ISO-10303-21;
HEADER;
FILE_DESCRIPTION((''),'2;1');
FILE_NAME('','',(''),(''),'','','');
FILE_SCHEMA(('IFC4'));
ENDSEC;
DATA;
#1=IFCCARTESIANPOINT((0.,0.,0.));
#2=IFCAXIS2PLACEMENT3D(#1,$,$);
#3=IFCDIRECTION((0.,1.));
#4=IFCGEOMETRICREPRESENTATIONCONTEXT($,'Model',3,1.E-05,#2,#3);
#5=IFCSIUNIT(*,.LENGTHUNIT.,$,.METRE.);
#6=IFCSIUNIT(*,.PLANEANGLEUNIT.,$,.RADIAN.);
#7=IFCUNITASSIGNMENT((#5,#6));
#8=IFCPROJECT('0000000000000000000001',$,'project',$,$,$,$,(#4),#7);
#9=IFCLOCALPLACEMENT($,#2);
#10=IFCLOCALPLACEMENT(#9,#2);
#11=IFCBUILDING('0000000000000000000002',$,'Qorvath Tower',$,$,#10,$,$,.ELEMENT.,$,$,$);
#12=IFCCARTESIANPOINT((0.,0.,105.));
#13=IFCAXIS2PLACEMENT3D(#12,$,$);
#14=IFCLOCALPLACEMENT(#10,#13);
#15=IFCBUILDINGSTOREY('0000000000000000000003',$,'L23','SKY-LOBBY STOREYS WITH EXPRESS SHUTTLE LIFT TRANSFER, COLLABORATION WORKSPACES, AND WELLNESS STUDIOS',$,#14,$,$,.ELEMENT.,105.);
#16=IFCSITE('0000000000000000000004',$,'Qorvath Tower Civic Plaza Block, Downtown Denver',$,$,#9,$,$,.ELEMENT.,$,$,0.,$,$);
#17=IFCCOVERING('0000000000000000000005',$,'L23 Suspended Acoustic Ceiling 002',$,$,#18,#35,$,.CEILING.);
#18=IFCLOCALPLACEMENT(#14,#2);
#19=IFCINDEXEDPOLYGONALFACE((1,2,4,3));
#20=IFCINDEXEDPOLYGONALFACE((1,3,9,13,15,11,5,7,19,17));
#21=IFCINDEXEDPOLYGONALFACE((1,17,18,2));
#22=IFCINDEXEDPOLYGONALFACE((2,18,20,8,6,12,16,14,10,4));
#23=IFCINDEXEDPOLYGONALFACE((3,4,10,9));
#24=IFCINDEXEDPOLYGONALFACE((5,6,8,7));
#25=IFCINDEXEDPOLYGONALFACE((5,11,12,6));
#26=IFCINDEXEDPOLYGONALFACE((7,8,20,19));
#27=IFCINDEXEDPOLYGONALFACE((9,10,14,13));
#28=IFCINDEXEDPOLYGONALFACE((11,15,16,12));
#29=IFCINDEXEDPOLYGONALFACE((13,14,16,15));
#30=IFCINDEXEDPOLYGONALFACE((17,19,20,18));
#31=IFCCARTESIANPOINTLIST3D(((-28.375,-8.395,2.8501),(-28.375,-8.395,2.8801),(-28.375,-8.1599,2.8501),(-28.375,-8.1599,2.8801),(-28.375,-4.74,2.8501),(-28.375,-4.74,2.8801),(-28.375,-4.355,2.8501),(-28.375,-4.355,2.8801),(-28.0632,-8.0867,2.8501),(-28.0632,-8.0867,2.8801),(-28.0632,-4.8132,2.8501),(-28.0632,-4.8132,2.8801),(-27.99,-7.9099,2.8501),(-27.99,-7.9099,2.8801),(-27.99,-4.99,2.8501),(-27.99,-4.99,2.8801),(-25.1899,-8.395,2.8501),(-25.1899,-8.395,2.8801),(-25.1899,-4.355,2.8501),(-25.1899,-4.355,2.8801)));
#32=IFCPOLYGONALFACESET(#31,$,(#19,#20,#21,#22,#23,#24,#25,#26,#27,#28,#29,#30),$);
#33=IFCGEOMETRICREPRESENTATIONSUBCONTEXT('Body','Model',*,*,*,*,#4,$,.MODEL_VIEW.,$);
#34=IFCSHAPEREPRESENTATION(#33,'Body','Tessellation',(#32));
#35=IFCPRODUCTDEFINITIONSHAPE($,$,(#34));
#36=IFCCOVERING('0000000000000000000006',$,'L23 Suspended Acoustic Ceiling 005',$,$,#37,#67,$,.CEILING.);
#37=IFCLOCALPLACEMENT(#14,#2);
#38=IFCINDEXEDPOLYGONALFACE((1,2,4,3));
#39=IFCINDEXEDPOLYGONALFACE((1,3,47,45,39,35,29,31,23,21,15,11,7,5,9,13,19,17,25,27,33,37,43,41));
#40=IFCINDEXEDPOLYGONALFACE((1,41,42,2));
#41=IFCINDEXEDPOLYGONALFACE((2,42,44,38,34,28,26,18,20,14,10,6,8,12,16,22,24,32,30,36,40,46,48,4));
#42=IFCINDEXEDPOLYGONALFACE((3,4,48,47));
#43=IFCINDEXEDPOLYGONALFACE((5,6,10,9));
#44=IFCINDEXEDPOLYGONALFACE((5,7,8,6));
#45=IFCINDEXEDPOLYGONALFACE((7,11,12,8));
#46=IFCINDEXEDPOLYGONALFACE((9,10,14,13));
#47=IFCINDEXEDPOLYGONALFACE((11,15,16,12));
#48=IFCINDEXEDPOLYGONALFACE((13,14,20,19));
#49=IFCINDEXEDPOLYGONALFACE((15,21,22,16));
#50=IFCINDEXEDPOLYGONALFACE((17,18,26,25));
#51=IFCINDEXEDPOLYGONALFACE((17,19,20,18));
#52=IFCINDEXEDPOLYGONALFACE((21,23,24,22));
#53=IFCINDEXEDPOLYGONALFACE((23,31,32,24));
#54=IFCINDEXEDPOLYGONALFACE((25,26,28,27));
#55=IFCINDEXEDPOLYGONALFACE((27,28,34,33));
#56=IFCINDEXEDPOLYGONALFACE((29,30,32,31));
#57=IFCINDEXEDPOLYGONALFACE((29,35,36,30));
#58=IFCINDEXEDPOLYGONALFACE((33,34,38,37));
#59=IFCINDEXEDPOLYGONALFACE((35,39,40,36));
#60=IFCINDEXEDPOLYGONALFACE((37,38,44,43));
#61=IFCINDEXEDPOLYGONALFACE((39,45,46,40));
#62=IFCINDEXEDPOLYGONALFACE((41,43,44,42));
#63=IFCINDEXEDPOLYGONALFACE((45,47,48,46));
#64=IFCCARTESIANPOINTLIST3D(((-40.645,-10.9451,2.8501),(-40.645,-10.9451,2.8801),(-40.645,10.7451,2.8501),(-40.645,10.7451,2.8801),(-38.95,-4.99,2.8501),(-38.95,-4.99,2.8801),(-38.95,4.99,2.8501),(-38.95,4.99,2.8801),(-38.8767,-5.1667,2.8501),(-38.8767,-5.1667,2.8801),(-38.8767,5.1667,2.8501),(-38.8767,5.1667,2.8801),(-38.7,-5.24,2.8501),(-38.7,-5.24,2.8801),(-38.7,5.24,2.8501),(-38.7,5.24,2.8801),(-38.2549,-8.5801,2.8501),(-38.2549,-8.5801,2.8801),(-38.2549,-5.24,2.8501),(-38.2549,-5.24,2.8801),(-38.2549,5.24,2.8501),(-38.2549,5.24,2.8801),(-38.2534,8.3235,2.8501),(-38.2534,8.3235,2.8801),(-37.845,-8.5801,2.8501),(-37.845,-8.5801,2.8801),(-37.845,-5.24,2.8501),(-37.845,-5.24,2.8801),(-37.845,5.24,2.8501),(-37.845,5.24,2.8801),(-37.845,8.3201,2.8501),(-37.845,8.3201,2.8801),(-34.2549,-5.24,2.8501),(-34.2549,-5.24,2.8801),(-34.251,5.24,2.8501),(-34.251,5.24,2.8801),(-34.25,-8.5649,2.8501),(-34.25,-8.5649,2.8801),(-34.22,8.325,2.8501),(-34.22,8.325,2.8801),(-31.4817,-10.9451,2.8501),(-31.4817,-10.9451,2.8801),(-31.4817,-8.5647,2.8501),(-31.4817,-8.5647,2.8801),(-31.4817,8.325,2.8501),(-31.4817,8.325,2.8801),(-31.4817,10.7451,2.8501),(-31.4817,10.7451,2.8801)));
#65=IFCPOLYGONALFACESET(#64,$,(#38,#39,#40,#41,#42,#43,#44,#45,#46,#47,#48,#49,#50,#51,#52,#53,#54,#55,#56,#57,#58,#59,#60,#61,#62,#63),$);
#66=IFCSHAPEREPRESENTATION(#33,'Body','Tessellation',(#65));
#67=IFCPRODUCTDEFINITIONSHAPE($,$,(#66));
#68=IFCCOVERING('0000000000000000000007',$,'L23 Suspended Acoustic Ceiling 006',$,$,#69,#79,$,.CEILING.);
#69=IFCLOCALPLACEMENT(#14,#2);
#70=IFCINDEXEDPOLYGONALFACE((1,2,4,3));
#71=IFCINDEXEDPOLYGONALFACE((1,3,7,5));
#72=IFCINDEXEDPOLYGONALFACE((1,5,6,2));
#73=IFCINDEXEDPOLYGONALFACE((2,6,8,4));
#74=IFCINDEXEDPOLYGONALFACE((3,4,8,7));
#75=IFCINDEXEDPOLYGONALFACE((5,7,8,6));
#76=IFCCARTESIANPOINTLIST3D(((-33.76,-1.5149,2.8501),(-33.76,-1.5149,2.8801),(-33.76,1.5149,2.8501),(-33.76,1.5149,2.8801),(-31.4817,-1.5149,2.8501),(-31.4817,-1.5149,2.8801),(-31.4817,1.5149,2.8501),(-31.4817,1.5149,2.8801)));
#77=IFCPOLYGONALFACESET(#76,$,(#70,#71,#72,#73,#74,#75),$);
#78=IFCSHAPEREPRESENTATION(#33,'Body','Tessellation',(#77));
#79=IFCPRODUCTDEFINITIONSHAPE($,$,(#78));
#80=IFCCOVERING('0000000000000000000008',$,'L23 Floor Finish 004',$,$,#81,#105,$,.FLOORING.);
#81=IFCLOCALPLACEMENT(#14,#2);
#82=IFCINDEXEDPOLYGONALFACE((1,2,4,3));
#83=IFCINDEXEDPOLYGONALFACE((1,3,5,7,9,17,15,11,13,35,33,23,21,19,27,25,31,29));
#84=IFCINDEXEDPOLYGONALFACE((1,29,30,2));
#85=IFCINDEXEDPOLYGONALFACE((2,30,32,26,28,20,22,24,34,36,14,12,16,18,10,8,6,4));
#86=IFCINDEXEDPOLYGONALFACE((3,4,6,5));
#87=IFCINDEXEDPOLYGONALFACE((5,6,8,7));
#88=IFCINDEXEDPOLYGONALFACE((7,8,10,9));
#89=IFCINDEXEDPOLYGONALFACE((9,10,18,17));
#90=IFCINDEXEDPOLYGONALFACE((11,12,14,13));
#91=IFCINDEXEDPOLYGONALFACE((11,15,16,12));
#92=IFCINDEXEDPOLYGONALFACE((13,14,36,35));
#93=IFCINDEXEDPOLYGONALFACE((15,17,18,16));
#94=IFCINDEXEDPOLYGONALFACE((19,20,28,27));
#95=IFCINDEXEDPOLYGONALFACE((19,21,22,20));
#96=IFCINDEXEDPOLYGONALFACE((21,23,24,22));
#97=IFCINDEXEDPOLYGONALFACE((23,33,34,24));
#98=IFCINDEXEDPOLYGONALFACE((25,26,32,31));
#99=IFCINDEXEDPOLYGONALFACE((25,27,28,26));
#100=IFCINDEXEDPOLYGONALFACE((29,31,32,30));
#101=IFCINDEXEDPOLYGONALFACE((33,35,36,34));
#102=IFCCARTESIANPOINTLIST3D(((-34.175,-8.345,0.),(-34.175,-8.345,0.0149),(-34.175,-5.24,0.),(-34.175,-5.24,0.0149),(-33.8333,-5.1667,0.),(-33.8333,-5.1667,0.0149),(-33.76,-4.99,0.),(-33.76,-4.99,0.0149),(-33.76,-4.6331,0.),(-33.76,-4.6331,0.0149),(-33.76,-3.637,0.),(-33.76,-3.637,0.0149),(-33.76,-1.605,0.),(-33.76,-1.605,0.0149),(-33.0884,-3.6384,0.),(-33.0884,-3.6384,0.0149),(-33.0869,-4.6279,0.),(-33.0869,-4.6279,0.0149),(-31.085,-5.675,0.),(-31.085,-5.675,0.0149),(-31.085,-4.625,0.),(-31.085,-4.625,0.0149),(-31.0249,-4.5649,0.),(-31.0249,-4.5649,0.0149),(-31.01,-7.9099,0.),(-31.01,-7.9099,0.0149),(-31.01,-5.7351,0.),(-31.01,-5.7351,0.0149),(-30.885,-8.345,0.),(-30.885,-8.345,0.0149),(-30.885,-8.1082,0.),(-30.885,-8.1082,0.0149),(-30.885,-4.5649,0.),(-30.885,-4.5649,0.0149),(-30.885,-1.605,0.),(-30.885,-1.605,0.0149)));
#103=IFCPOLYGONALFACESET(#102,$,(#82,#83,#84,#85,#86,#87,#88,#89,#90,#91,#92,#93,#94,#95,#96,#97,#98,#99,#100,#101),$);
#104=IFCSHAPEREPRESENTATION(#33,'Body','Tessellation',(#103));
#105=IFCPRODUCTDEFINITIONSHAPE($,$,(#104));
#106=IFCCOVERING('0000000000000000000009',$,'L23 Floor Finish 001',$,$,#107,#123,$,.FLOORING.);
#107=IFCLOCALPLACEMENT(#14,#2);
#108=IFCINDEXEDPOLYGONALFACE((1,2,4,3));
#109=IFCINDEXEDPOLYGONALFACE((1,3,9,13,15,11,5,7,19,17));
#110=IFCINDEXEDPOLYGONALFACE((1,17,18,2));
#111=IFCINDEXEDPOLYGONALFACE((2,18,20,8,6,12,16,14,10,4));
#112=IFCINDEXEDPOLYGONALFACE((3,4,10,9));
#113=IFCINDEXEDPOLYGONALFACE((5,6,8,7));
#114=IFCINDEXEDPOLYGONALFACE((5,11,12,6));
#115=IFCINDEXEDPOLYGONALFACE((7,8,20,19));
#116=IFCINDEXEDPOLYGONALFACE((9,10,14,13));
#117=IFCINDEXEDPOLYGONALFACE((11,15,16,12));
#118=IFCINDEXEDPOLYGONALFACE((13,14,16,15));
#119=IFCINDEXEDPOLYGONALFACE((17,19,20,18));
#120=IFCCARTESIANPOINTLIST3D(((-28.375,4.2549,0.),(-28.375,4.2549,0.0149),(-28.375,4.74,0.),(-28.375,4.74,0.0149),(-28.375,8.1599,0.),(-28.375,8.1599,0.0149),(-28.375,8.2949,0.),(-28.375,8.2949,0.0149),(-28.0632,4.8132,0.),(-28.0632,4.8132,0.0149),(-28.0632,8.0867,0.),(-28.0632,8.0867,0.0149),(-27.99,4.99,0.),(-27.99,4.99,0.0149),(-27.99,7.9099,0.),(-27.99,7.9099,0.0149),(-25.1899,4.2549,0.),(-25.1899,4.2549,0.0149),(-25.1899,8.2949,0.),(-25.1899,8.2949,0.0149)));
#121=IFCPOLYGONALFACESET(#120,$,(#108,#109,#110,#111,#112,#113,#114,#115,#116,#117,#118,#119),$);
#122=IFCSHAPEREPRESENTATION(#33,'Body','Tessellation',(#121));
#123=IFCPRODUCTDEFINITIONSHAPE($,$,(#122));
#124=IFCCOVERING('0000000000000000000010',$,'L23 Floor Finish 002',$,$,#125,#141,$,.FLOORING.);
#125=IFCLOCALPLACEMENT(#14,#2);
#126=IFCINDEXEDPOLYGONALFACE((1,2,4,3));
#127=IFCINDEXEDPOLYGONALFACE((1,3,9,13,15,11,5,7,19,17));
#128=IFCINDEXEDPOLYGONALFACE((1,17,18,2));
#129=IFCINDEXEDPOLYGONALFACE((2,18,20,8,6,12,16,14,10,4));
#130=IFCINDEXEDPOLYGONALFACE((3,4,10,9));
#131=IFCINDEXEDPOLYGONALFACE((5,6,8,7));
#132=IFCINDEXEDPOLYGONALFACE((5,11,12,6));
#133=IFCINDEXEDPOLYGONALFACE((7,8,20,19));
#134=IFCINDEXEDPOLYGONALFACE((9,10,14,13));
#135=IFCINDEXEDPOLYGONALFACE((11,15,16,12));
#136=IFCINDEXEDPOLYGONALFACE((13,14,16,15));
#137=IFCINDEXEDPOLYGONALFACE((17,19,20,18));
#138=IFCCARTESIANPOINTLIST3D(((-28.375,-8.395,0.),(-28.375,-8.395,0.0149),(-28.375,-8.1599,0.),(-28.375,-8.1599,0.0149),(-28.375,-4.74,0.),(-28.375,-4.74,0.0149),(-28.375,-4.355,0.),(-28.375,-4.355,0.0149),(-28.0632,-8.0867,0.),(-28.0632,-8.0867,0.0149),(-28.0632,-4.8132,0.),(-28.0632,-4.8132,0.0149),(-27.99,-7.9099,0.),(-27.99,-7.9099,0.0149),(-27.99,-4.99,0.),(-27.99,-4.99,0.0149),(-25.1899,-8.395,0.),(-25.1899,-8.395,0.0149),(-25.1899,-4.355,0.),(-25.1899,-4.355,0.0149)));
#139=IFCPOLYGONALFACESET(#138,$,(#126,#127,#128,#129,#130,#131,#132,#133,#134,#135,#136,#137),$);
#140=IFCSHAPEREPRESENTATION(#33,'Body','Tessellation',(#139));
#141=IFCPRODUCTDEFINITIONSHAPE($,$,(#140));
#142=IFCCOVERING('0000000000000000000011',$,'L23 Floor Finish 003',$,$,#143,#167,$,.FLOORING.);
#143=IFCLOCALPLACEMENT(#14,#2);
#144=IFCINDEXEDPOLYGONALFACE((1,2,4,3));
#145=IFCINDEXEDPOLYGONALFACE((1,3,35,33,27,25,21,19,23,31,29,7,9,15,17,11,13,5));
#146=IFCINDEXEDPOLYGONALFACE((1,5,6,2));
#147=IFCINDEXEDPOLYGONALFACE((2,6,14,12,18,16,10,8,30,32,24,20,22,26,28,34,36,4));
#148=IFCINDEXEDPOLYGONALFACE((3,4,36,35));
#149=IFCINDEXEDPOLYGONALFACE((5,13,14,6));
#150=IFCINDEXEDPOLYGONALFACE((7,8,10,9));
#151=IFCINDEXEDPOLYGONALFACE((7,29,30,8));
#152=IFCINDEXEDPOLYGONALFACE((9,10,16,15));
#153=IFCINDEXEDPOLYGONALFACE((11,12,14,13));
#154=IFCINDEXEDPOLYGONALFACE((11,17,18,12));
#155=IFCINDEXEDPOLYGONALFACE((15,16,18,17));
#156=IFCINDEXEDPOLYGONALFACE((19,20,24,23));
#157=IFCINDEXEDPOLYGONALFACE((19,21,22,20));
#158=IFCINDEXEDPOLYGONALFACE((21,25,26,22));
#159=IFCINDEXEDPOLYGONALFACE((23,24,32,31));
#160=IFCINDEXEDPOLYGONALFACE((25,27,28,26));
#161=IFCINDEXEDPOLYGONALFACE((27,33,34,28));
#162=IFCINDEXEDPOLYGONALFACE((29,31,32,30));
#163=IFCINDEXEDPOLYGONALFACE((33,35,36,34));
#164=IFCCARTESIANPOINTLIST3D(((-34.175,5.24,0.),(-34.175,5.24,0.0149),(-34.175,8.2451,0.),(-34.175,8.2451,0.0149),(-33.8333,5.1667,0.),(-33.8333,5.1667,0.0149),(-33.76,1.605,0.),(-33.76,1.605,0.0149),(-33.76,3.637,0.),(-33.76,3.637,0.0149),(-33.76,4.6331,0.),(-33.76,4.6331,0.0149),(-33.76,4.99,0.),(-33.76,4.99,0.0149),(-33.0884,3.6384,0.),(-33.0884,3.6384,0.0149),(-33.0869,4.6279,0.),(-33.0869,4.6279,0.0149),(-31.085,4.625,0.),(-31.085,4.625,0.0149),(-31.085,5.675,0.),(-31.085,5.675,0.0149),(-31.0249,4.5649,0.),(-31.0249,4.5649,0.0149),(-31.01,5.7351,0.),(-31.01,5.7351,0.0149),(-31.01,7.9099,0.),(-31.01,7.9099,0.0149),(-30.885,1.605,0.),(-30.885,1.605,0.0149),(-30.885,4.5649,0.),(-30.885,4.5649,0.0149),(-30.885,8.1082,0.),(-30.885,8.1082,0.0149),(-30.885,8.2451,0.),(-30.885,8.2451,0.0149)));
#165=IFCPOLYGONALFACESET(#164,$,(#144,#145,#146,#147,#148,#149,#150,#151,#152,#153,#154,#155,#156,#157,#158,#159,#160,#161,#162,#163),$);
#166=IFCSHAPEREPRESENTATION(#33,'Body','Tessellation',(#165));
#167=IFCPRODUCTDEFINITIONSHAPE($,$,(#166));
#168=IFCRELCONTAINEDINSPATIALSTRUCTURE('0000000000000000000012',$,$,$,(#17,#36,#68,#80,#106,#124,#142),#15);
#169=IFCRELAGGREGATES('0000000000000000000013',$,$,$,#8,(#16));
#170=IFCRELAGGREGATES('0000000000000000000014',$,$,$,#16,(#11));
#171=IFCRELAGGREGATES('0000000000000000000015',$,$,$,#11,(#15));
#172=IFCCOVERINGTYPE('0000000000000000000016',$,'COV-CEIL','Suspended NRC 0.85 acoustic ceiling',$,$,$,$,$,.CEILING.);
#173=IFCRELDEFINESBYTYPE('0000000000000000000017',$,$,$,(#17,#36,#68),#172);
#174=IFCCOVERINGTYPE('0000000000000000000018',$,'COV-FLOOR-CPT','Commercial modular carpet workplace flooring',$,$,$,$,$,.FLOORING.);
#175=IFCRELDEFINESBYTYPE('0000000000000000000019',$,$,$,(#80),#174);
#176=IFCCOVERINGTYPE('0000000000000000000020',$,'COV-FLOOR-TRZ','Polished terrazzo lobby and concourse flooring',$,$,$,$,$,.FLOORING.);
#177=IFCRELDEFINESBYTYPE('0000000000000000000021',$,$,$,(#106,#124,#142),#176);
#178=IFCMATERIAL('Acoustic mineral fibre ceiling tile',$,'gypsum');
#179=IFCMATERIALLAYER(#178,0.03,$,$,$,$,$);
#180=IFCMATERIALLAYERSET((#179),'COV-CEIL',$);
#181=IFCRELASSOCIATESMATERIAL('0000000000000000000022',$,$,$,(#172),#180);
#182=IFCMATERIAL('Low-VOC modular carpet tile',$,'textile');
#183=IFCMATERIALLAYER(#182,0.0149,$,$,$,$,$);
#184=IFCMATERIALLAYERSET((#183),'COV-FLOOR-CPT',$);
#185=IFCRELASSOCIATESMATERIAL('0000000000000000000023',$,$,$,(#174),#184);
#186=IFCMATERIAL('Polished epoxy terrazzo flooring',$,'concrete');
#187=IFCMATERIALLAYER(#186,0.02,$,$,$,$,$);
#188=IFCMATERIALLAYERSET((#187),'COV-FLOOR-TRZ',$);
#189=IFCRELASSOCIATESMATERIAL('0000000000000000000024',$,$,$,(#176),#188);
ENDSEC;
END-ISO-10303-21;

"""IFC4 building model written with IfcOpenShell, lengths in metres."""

from ifc_helpers import new_model, si_unit, direction, frame, origin, place, context, subcontext, project, spatial, polyline, outline, extrude, material, layer, layer_set, type_object, element, save


model = new_model("IFC4")

# Units and contexts
model_context = context("Model", 3, precision=1e-05, world=origin(), true_north=direction((0.0, 1.0)))
body_context = subcontext(model_context, "Body", "Model", "MODEL_VIEW")
ifc_project = project(units=[si_unit("LENGTHUNIT", "METRE"), si_unit("PLANEANGLEUNIT", "RADIAN")], contexts=[model_context])

# Site, building, storey
site_placement = place(None, origin())
site = spatial("IfcSite", under=ifc_project, at=site_placement, Name="Qorvath Tower Civic Plaza Block, Downtown Denver", CompositionType="ELEMENT", RefElevation=0.0)
building_placement = place(site_placement, origin())
building = spatial("IfcBuilding", under=site, at=building_placement, Name="Qorvath Tower", CompositionType="ELEMENT")
storey_placement = place(building_placement, frame((0.0, 0.0, 105.0)))
storey = spatial("IfcBuildingStorey", under=building, at=storey_placement, Name="L23", Description="SKY-LOBBY STOREYS WITH EXPRESS SHUTTLE LIFT TRANSFER, COLLABORATION WORKSPACES, AND WELLNESS STUDIOS", CompositionType="ELEMENT", Elevation=105.0)

# Coverings
ifc_material_1 = material(Name="Acoustic mineral fibre ceiling tile", Category="gypsum")
ifc_layer_1 = layer(ifc_material_1, 0.03)
ifc_layer_set_1 = layer_set([ifc_layer_1], Name="COV-CEIL")
covering_type_1 = type_object("IfcCoveringType", Name="COV-CEIL", Description="Suspended NRC 0.85 acoustic ceiling", PredefinedType="CEILING", material=ifc_layer_set_1)
covering_1_placement = place(storey_placement, frame((0.0, 0.0, 2.8501)))
element("IfcCovering", 1, at=covering_1_placement, inside=storey, type_object=covering_type_1, Name="L23 Suspended Acoustic Ceiling 002", PredefinedType="CEILING", context=body_context, shape_type="SweptSolid", body=[
    extrude(outline(polyline([(-25.1899, -8.395), (-25.1899, -4.355), (-28.375, -4.355), (-28.375, -4.74), (-28.0632, -4.8132), (-27.99, -4.99), (-27.99, -7.9099), (-28.0632, -8.0867), (-28.375, -8.1599), (-28.375, -8.395), (-25.1899, -8.395)])), origin(), (0.0, 0.0, 1.0), 0.03),
])
covering_2_placement = place(storey_placement, frame((0.0, 0.0, 2.8501)))
element("IfcCovering", 2, at=covering_2_placement, inside=storey, type_object=covering_type_1, Name="L23 Suspended Acoustic Ceiling 005", PredefinedType="CEILING", context=body_context, shape_type="SweptSolid", body=[
    extrude(outline(polyline([(-31.4817, -10.9451), (-31.4817, -8.5647), (-34.25, -8.5649), (-34.2549, -5.24), (-37.845, -5.24), (-37.845, -8.5801), (-38.2549, -8.5801), (-38.2549, -5.24), (-38.7, -5.24), (-38.8767, -5.1667), (-38.95, -4.99), (-38.95, 4.99), (-38.8767, 5.1667), (-38.7, 5.24), (-38.2549, 5.24), (-38.2534, 8.3235), (-37.845, 8.3201), (-37.845, 5.24), (-34.251, 5.24), (-34.22, 8.325), (-31.4817, 8.325), (-31.4817, 10.7451), (-40.645, 10.7451), (-40.645, -10.9451), (-31.4817, -10.9451)])), origin(), (0.0, 0.0, 1.0), 0.03),
])
covering_3_placement = place(storey_placement, frame((0.0, 0.0, 2.8501)))
element("IfcCovering", 3, at=covering_3_placement, inside=storey, type_object=covering_type_1, Name="L23 Suspended Acoustic Ceiling 006", PredefinedType="CEILING", context=body_context, shape_type="SweptSolid", body=[
    extrude(outline(polyline([(-31.4817, -1.5149), (-31.4817, 1.5149), (-33.76, 1.5149), (-33.76, -1.5149), (-31.4817, -1.5149)])), origin(), (0.0, 0.0, 1.0), 0.03),
])
ifc_material_2 = material(Name="Low-VOC modular carpet tile", Category="textile")
ifc_layer_2 = layer(ifc_material_2, 0.0149)
ifc_layer_set_2 = layer_set([ifc_layer_2], Name="COV-FLOOR-CPT")
covering_type_2 = type_object("IfcCoveringType", Name="COV-FLOOR-CPT", Description="Commercial modular carpet workplace flooring", PredefinedType="FLOORING", material=ifc_layer_set_2)
covering_4_placement = place(storey_placement, origin())
element("IfcCovering", 4, at=covering_4_placement, inside=storey, type_object=covering_type_2, Name="L23 Floor Finish 004", PredefinedType="FLOORING", context=body_context, shape_type="SweptSolid", body=[
    extrude(outline(polyline([(-30.885, -1.605), (-33.76, -1.605), (-33.76, -3.637), (-33.0884, -3.6384), (-33.0869, -4.6279), (-33.76, -4.6331), (-33.76, -4.99), (-33.8333, -5.1667), (-34.175, -5.24), (-34.175, -8.345), (-30.885, -8.345), (-30.885, -8.1082), (-31.01, -7.9099), (-31.01, -5.7351), (-31.085, -5.675), (-31.085, -4.625), (-31.0249, -4.5649), (-30.885, -4.5649), (-30.885, -1.605)])), origin(), (0.0, 0.0, 1.0), 0.0149),
])
ifc_material_3 = material(Name="Polished epoxy terrazzo flooring", Category="concrete")
ifc_layer_3 = layer(ifc_material_3, 0.02)
ifc_layer_set_3 = layer_set([ifc_layer_3], Name="COV-FLOOR-TRZ")
covering_type_3 = type_object("IfcCoveringType", Name="COV-FLOOR-TRZ", Description="Polished terrazzo lobby and concourse flooring", PredefinedType="FLOORING", material=ifc_layer_set_3)
covering_5_placement = place(storey_placement, origin())
element("IfcCovering", 5, at=covering_5_placement, inside=storey, type_object=covering_type_3, Name="L23 Floor Finish 001", PredefinedType="FLOORING", context=body_context, shape_type="SweptSolid", body=[
    extrude(outline(polyline([(-25.1899, 4.2549), (-25.1899, 8.2949), (-28.375, 8.2949), (-28.375, 8.1599), (-28.0632, 8.0867), (-27.99, 7.9099), (-27.99, 4.99), (-28.0632, 4.8132), (-28.375, 4.74), (-28.375, 4.2549), (-25.1899, 4.2549)])), origin(), (0.0, 0.0, 1.0), 0.0149),
])
covering_6_placement = place(storey_placement, origin())
element("IfcCovering", 6, at=covering_6_placement, inside=storey, type_object=covering_type_3, Name="L23 Floor Finish 002", PredefinedType="FLOORING", context=body_context, shape_type="SweptSolid", body=[
    extrude(outline(polyline([(-25.1899, -8.395), (-25.1899, -4.355), (-28.375, -4.355), (-28.375, -4.74), (-28.0632, -4.8132), (-27.99, -4.99), (-27.99, -7.9099), (-28.0632, -8.0867), (-28.375, -8.1599), (-28.375, -8.395), (-25.1899, -8.395)])), origin(), (0.0, 0.0, 1.0), 0.0149),
])
covering_7_placement = place(storey_placement, origin())
element("IfcCovering", 7, at=covering_7_placement, inside=storey, type_object=covering_type_3, Name="L23 Floor Finish 003", PredefinedType="FLOORING", context=body_context, shape_type="SweptSolid", body=[
    extrude(outline(polyline([(-30.885, 8.2451), (-34.175, 8.2451), (-34.175, 5.24), (-33.8333, 5.1667), (-33.76, 4.99), (-33.76, 4.6331), (-33.0869, 4.6279), (-33.0884, 3.6384), (-33.76, 3.637), (-33.76, 1.605), (-30.885, 1.605), (-30.885, 4.5649), (-31.0249, 4.5649), (-31.085, 4.625), (-31.085, 5.675), (-31.01, 5.7351), (-31.01, 7.9099), (-30.885, 8.1082), (-30.885, 8.2451)])), origin(), (0.0, 0.0, 1.0), 0.0149),
])

save(model, "model.ifc")
